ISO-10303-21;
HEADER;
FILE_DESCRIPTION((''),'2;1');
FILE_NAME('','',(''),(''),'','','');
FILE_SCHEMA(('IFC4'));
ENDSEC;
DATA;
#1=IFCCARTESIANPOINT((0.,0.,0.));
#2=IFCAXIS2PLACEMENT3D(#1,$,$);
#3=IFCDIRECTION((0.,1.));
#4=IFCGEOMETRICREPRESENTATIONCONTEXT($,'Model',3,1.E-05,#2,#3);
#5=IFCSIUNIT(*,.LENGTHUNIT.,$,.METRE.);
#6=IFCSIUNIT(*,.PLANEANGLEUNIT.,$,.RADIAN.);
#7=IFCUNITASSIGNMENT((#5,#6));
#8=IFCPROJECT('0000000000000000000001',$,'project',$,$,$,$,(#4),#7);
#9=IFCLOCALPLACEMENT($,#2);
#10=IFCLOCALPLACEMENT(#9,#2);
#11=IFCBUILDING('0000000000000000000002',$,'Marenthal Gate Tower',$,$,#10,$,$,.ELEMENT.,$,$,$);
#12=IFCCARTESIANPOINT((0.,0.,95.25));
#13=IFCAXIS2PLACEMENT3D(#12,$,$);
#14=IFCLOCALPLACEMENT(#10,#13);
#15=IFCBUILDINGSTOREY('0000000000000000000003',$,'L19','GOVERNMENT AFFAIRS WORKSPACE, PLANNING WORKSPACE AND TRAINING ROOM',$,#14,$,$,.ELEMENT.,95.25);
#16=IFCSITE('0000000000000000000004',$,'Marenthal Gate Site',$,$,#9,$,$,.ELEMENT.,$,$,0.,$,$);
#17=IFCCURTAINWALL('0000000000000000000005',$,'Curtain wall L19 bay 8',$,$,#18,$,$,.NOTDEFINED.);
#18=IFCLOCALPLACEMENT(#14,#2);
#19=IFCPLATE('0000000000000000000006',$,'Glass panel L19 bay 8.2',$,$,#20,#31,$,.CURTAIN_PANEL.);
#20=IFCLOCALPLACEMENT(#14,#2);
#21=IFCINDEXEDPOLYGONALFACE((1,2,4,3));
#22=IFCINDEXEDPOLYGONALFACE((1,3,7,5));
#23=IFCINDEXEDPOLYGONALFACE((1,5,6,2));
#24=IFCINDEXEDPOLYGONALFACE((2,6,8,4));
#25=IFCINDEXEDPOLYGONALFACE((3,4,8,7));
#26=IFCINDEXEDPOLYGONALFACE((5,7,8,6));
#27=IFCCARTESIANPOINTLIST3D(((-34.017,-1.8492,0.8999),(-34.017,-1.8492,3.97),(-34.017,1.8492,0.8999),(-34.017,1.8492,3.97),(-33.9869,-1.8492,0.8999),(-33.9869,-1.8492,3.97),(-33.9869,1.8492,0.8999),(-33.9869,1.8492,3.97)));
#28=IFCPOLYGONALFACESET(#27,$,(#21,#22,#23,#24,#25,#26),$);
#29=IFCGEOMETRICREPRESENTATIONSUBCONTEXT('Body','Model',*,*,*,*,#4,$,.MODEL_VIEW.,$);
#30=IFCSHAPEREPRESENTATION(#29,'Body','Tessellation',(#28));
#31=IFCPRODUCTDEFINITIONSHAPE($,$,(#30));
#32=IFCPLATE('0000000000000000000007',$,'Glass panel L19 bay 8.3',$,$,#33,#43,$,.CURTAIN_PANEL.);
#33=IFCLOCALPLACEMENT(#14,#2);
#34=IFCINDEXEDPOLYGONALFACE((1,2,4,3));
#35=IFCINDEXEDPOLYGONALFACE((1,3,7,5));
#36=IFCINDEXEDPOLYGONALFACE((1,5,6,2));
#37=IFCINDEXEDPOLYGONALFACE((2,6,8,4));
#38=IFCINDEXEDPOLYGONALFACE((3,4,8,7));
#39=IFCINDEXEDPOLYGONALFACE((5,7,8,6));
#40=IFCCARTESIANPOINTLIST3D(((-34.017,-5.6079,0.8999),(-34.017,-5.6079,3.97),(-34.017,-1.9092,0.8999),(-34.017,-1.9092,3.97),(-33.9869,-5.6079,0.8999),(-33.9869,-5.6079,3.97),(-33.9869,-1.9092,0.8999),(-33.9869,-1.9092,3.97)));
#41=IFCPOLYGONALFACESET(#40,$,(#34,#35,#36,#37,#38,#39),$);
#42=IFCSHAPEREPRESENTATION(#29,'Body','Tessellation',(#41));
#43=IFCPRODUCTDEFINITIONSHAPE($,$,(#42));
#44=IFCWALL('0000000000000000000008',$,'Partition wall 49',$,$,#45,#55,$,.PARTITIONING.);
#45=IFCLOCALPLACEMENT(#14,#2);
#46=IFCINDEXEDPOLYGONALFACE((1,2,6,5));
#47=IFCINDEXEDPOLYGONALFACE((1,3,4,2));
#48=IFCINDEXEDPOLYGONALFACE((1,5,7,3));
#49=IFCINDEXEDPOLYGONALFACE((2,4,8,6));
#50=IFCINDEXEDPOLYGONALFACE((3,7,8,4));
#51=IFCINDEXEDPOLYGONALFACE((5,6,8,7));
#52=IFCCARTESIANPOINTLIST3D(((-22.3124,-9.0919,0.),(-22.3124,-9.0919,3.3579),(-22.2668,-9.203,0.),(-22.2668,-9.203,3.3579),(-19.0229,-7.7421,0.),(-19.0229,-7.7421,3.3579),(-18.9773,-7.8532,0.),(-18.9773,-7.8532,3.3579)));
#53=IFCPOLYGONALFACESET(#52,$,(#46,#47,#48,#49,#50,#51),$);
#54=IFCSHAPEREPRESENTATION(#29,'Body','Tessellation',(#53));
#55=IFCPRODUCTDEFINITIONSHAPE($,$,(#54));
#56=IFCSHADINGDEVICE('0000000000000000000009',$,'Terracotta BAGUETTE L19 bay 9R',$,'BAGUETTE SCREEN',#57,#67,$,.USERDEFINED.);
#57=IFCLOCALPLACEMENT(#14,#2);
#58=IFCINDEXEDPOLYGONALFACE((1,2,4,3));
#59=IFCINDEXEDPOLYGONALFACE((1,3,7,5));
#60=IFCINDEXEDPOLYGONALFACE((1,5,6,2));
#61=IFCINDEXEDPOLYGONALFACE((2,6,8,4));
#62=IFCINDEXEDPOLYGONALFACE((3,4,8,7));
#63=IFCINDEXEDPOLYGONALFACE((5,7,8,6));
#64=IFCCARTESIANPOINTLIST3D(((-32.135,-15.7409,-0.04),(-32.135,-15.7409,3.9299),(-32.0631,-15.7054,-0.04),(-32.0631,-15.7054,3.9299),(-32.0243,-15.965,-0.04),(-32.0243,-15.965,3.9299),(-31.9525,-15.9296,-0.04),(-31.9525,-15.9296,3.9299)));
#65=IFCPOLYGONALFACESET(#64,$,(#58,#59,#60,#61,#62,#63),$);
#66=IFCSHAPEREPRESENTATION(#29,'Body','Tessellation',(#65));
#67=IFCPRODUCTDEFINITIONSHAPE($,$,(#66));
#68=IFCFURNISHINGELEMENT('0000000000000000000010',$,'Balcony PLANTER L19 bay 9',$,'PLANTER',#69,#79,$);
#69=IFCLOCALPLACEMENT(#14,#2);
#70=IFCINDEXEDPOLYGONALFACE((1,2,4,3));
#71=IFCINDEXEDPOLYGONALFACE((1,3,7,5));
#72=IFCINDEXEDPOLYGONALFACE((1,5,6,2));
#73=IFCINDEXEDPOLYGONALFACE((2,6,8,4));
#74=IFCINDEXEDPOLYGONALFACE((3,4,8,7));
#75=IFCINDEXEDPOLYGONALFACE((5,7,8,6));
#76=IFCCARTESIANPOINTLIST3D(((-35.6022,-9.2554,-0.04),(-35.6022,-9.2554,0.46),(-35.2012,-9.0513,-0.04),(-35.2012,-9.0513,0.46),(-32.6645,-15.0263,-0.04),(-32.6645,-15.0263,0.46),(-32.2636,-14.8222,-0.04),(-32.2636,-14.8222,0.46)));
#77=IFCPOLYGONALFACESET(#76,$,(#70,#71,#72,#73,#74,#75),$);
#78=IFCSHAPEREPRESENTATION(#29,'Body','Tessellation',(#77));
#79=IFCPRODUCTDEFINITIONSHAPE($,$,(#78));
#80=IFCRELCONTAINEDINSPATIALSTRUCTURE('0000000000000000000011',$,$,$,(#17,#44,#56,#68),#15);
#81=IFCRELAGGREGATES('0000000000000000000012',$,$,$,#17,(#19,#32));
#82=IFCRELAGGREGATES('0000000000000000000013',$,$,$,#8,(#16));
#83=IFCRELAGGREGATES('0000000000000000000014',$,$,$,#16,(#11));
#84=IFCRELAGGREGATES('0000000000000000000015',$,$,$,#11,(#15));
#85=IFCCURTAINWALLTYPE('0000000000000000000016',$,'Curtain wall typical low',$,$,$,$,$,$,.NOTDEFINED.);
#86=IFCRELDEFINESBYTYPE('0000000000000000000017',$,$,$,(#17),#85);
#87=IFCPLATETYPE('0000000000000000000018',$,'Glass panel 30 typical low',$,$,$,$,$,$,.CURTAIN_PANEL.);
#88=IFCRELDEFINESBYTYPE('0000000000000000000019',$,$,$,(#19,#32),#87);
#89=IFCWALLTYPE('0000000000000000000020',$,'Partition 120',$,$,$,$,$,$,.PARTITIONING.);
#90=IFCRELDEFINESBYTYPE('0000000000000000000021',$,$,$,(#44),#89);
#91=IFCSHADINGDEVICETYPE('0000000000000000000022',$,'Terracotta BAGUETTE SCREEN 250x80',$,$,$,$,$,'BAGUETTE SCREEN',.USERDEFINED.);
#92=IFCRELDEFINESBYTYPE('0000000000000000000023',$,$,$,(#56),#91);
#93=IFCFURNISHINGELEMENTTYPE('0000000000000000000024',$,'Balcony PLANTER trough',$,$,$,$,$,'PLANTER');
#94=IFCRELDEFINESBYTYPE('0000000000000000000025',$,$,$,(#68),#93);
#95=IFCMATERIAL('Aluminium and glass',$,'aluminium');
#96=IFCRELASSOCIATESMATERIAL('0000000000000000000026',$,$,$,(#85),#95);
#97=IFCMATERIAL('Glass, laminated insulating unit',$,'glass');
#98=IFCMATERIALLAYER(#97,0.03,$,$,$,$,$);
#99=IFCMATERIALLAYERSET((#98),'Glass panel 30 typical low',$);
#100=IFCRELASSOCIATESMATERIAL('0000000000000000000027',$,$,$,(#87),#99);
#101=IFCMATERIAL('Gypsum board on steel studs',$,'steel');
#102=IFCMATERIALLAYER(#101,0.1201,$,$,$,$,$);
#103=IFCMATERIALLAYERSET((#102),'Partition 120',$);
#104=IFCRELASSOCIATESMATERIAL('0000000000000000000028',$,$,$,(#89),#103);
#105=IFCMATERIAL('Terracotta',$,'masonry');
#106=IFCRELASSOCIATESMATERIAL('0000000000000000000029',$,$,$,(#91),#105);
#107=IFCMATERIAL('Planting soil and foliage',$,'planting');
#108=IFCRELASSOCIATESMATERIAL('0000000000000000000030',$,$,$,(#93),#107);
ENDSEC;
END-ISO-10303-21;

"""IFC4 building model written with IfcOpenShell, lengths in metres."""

from ifc_helpers import new_model, si_unit, direction, frame, frame_2d, origin, origin_2d, place, context, subcontext, project, spatial, rectangle, extrude, material, layer, layer_set, material_profile, profile_set, type_object, element, aggregate, save


model = new_model("IFC4")

# Units and contexts
model_context = context("Model", 3, precision=1e-05, world=origin(), true_north=direction((0.0, 1.0)))
body_context = subcontext(model_context, "Body", "Model", "MODEL_VIEW")
ifc_project = project(units=[si_unit("LENGTHUNIT", "METRE"), si_unit("PLANEANGLEUNIT", "RADIAN")], contexts=[model_context])

# Site, building, storey
site_placement = place(None, origin())
site = spatial("IfcSite", under=ifc_project, at=site_placement, Name="Marenthal Gate Site", CompositionType="ELEMENT", RefElevation=0.0)
building_placement = place(site_placement, origin())
building = spatial("IfcBuilding", under=site, at=building_placement, Name="Marenthal Gate Tower", CompositionType="ELEMENT")
storey_placement = place(building_placement, frame((0.0, 0.0, 95.25)))
storey = spatial("IfcBuildingStorey", under=building, at=storey_placement, Name="L19", Description="GOVERNMENT AFFAIRS WORKSPACE, PLANNING WORKSPACE AND TRAINING ROOM", CompositionType="ELEMENT", Elevation=95.25)

# Curtain wall
ifc_material_1 = material(Name="Aluminium and glass", Category="aluminium")
curtain_wall_type = type_object("IfcCurtainWallType", Name="Curtain wall typical low", PredefinedType="NOTDEFINED", material=ifc_material_1)
curtain_wall_placement = place(storey_placement, origin())
curtain_wall = element("IfcCurtainWall", 1, at=curtain_wall_placement, inside=storey, type_object=curtain_wall_type, Name="Curtain wall L19 bay 8", PredefinedType="NOTDEFINED")

# Plates
ifc_material_2 = material(Name="Glass, laminated insulating unit", Category="glass")
ifc_layer_1 = layer(ifc_material_2, 0.03)
ifc_layer_set_1 = layer_set([ifc_layer_1], Name="Glass panel 30 typical low")
plate_type = type_object("IfcPlateType", Name="Glass panel 30 typical low", PredefinedType="CURTAIN_PANEL", material=ifc_layer_set_1)
plate_1_placement = place(storey_placement, frame((-34.002, 0.0, 0.8999), z_axis=(0.0, 0.0, 1.0), x_axis=(0.0, -1.0, 0.0)))
plate_1 = element("IfcPlate", 2, at=plate_1_placement, type_object=plate_type, Name="Glass panel L19 bay 8.2", PredefinedType="CURTAIN_PANEL", context=body_context, shape_type="SweptSolid", body=[
    extrude(rectangle(XDim=3.6985, YDim=0.03, at=origin_2d()), origin(), (0.0, 0.0, 1.0), 3.0701),
])
plate_2_placement = place(storey_placement, frame((-34.002, -3.7585, 0.8999), z_axis=(0.0, 0.0, 1.0), x_axis=(0.0, -1.0, 0.0)))
plate_2 = element("IfcPlate", 3, at=plate_2_placement, type_object=plate_type, Name="Glass panel L19 bay 8.3", PredefinedType="CURTAIN_PANEL", context=body_context, shape_type="SweptSolid", body=[
    extrude(rectangle(XDim=3.6987, YDim=0.03, at=origin_2d()), origin(), (0.0, 0.0, 1.0), 3.0701),
])
aggregate(curtain_wall, [plate_1, plate_2])

# Wall
ifc_material_3 = material(Name="Gypsum board on steel studs", Category="steel")
ifc_layer_2 = layer(ifc_material_3, 0.1201)
ifc_layer_set_2 = layer_set([ifc_layer_2], Name="Partition 120")
wall_type_1 = type_object("IfcWallType", Name="Partition 120", PredefinedType="PARTITIONING", material=ifc_layer_set_2)
wall_1_placement = place(storey_placement, frame((-22.2896, -9.1475, 0.0), z_axis=(0.0, 0.0, 1.0), x_axis=(0.92514, 0.379627, 0.0)))
element("IfcWall", 4, at=wall_1_placement, inside=storey, type_object=wall_type_1, Name="Partition wall 49", PredefinedType="PARTITIONING", context=body_context, shape_type="SweptSolid", body=[
    extrude(rectangle(XDim=3.5557, YDim=0.1201, at=frame_2d((1.7778, 0.0))), origin(), (0.0, 0.0, 1.0), 3.3579),
])

# Shading device
ifc_material_4 = material(Name="Terracotta", Category="masonry")
ifc_material_profile_1 = material_profile(ifc_material_4, rectangle(XDim=0.25, YDim=0.0801, at=origin_2d()), Name="Terracotta baguette 250x80")
ifc_profile_set_1 = profile_set([ifc_material_profile_1], Name="Terracotta")
shading_device_type = type_object("IfcShadingDeviceType", Name="Terracotta BAGUETTE SCREEN 250x80", ElementType="BAGUETTE SCREEN", PredefinedType="USERDEFINED", material=ifc_profile_set_1)
shading_device_placement = place(storey_placement, frame((-32.0437, -15.8352, -0.04), z_axis=(0.0, 0.0, 1.0), x_axis=(0.44279, -0.896625, 0.0)))
element("IfcShadingDevice", 5, at=shading_device_placement, inside=storey, type_object=shading_device_type, Name="Terracotta BAGUETTE L19 bay 9R", ObjectType="BAGUETTE SCREEN", PredefinedType="USERDEFINED", context=body_context, shape_type="SweptSolid", body=[
    extrude(rectangle(XDim=0.25, YDim=0.0801, at=origin_2d()), origin(), (0.0, 0.0, 1.0), 3.97),
])

# Furnishing element
ifc_material_5 = material(Name="Planting soil and foliage", Category="planting")
furnishing_element_type = type_object("IfcFurnishingElementType", Name="Balcony PLANTER trough", ElementType="PLANTER", material=ifc_material_5)
furnishing_placement = place(storey_placement, frame((-33.9329, -12.0388, -0.04), z_axis=(0.0, 0.0, 1.0), x_axis=(0.453646, -0.891182, 0.0)))
element("IfcFurnishingElement", 6, at=furnishing_placement, inside=storey, type_object=furnishing_element_type, Name="Balcony PLANTER L19 bay 9", ObjectType="PLANTER", context=body_context, shape_type="SweptSolid", body=[
    extrude(rectangle(XDim=6.4756, YDim=0.45, at=origin_2d()), origin(), (0.0, 0.0, 1.0), 0.5),
])

save(model, "model.ifc")
